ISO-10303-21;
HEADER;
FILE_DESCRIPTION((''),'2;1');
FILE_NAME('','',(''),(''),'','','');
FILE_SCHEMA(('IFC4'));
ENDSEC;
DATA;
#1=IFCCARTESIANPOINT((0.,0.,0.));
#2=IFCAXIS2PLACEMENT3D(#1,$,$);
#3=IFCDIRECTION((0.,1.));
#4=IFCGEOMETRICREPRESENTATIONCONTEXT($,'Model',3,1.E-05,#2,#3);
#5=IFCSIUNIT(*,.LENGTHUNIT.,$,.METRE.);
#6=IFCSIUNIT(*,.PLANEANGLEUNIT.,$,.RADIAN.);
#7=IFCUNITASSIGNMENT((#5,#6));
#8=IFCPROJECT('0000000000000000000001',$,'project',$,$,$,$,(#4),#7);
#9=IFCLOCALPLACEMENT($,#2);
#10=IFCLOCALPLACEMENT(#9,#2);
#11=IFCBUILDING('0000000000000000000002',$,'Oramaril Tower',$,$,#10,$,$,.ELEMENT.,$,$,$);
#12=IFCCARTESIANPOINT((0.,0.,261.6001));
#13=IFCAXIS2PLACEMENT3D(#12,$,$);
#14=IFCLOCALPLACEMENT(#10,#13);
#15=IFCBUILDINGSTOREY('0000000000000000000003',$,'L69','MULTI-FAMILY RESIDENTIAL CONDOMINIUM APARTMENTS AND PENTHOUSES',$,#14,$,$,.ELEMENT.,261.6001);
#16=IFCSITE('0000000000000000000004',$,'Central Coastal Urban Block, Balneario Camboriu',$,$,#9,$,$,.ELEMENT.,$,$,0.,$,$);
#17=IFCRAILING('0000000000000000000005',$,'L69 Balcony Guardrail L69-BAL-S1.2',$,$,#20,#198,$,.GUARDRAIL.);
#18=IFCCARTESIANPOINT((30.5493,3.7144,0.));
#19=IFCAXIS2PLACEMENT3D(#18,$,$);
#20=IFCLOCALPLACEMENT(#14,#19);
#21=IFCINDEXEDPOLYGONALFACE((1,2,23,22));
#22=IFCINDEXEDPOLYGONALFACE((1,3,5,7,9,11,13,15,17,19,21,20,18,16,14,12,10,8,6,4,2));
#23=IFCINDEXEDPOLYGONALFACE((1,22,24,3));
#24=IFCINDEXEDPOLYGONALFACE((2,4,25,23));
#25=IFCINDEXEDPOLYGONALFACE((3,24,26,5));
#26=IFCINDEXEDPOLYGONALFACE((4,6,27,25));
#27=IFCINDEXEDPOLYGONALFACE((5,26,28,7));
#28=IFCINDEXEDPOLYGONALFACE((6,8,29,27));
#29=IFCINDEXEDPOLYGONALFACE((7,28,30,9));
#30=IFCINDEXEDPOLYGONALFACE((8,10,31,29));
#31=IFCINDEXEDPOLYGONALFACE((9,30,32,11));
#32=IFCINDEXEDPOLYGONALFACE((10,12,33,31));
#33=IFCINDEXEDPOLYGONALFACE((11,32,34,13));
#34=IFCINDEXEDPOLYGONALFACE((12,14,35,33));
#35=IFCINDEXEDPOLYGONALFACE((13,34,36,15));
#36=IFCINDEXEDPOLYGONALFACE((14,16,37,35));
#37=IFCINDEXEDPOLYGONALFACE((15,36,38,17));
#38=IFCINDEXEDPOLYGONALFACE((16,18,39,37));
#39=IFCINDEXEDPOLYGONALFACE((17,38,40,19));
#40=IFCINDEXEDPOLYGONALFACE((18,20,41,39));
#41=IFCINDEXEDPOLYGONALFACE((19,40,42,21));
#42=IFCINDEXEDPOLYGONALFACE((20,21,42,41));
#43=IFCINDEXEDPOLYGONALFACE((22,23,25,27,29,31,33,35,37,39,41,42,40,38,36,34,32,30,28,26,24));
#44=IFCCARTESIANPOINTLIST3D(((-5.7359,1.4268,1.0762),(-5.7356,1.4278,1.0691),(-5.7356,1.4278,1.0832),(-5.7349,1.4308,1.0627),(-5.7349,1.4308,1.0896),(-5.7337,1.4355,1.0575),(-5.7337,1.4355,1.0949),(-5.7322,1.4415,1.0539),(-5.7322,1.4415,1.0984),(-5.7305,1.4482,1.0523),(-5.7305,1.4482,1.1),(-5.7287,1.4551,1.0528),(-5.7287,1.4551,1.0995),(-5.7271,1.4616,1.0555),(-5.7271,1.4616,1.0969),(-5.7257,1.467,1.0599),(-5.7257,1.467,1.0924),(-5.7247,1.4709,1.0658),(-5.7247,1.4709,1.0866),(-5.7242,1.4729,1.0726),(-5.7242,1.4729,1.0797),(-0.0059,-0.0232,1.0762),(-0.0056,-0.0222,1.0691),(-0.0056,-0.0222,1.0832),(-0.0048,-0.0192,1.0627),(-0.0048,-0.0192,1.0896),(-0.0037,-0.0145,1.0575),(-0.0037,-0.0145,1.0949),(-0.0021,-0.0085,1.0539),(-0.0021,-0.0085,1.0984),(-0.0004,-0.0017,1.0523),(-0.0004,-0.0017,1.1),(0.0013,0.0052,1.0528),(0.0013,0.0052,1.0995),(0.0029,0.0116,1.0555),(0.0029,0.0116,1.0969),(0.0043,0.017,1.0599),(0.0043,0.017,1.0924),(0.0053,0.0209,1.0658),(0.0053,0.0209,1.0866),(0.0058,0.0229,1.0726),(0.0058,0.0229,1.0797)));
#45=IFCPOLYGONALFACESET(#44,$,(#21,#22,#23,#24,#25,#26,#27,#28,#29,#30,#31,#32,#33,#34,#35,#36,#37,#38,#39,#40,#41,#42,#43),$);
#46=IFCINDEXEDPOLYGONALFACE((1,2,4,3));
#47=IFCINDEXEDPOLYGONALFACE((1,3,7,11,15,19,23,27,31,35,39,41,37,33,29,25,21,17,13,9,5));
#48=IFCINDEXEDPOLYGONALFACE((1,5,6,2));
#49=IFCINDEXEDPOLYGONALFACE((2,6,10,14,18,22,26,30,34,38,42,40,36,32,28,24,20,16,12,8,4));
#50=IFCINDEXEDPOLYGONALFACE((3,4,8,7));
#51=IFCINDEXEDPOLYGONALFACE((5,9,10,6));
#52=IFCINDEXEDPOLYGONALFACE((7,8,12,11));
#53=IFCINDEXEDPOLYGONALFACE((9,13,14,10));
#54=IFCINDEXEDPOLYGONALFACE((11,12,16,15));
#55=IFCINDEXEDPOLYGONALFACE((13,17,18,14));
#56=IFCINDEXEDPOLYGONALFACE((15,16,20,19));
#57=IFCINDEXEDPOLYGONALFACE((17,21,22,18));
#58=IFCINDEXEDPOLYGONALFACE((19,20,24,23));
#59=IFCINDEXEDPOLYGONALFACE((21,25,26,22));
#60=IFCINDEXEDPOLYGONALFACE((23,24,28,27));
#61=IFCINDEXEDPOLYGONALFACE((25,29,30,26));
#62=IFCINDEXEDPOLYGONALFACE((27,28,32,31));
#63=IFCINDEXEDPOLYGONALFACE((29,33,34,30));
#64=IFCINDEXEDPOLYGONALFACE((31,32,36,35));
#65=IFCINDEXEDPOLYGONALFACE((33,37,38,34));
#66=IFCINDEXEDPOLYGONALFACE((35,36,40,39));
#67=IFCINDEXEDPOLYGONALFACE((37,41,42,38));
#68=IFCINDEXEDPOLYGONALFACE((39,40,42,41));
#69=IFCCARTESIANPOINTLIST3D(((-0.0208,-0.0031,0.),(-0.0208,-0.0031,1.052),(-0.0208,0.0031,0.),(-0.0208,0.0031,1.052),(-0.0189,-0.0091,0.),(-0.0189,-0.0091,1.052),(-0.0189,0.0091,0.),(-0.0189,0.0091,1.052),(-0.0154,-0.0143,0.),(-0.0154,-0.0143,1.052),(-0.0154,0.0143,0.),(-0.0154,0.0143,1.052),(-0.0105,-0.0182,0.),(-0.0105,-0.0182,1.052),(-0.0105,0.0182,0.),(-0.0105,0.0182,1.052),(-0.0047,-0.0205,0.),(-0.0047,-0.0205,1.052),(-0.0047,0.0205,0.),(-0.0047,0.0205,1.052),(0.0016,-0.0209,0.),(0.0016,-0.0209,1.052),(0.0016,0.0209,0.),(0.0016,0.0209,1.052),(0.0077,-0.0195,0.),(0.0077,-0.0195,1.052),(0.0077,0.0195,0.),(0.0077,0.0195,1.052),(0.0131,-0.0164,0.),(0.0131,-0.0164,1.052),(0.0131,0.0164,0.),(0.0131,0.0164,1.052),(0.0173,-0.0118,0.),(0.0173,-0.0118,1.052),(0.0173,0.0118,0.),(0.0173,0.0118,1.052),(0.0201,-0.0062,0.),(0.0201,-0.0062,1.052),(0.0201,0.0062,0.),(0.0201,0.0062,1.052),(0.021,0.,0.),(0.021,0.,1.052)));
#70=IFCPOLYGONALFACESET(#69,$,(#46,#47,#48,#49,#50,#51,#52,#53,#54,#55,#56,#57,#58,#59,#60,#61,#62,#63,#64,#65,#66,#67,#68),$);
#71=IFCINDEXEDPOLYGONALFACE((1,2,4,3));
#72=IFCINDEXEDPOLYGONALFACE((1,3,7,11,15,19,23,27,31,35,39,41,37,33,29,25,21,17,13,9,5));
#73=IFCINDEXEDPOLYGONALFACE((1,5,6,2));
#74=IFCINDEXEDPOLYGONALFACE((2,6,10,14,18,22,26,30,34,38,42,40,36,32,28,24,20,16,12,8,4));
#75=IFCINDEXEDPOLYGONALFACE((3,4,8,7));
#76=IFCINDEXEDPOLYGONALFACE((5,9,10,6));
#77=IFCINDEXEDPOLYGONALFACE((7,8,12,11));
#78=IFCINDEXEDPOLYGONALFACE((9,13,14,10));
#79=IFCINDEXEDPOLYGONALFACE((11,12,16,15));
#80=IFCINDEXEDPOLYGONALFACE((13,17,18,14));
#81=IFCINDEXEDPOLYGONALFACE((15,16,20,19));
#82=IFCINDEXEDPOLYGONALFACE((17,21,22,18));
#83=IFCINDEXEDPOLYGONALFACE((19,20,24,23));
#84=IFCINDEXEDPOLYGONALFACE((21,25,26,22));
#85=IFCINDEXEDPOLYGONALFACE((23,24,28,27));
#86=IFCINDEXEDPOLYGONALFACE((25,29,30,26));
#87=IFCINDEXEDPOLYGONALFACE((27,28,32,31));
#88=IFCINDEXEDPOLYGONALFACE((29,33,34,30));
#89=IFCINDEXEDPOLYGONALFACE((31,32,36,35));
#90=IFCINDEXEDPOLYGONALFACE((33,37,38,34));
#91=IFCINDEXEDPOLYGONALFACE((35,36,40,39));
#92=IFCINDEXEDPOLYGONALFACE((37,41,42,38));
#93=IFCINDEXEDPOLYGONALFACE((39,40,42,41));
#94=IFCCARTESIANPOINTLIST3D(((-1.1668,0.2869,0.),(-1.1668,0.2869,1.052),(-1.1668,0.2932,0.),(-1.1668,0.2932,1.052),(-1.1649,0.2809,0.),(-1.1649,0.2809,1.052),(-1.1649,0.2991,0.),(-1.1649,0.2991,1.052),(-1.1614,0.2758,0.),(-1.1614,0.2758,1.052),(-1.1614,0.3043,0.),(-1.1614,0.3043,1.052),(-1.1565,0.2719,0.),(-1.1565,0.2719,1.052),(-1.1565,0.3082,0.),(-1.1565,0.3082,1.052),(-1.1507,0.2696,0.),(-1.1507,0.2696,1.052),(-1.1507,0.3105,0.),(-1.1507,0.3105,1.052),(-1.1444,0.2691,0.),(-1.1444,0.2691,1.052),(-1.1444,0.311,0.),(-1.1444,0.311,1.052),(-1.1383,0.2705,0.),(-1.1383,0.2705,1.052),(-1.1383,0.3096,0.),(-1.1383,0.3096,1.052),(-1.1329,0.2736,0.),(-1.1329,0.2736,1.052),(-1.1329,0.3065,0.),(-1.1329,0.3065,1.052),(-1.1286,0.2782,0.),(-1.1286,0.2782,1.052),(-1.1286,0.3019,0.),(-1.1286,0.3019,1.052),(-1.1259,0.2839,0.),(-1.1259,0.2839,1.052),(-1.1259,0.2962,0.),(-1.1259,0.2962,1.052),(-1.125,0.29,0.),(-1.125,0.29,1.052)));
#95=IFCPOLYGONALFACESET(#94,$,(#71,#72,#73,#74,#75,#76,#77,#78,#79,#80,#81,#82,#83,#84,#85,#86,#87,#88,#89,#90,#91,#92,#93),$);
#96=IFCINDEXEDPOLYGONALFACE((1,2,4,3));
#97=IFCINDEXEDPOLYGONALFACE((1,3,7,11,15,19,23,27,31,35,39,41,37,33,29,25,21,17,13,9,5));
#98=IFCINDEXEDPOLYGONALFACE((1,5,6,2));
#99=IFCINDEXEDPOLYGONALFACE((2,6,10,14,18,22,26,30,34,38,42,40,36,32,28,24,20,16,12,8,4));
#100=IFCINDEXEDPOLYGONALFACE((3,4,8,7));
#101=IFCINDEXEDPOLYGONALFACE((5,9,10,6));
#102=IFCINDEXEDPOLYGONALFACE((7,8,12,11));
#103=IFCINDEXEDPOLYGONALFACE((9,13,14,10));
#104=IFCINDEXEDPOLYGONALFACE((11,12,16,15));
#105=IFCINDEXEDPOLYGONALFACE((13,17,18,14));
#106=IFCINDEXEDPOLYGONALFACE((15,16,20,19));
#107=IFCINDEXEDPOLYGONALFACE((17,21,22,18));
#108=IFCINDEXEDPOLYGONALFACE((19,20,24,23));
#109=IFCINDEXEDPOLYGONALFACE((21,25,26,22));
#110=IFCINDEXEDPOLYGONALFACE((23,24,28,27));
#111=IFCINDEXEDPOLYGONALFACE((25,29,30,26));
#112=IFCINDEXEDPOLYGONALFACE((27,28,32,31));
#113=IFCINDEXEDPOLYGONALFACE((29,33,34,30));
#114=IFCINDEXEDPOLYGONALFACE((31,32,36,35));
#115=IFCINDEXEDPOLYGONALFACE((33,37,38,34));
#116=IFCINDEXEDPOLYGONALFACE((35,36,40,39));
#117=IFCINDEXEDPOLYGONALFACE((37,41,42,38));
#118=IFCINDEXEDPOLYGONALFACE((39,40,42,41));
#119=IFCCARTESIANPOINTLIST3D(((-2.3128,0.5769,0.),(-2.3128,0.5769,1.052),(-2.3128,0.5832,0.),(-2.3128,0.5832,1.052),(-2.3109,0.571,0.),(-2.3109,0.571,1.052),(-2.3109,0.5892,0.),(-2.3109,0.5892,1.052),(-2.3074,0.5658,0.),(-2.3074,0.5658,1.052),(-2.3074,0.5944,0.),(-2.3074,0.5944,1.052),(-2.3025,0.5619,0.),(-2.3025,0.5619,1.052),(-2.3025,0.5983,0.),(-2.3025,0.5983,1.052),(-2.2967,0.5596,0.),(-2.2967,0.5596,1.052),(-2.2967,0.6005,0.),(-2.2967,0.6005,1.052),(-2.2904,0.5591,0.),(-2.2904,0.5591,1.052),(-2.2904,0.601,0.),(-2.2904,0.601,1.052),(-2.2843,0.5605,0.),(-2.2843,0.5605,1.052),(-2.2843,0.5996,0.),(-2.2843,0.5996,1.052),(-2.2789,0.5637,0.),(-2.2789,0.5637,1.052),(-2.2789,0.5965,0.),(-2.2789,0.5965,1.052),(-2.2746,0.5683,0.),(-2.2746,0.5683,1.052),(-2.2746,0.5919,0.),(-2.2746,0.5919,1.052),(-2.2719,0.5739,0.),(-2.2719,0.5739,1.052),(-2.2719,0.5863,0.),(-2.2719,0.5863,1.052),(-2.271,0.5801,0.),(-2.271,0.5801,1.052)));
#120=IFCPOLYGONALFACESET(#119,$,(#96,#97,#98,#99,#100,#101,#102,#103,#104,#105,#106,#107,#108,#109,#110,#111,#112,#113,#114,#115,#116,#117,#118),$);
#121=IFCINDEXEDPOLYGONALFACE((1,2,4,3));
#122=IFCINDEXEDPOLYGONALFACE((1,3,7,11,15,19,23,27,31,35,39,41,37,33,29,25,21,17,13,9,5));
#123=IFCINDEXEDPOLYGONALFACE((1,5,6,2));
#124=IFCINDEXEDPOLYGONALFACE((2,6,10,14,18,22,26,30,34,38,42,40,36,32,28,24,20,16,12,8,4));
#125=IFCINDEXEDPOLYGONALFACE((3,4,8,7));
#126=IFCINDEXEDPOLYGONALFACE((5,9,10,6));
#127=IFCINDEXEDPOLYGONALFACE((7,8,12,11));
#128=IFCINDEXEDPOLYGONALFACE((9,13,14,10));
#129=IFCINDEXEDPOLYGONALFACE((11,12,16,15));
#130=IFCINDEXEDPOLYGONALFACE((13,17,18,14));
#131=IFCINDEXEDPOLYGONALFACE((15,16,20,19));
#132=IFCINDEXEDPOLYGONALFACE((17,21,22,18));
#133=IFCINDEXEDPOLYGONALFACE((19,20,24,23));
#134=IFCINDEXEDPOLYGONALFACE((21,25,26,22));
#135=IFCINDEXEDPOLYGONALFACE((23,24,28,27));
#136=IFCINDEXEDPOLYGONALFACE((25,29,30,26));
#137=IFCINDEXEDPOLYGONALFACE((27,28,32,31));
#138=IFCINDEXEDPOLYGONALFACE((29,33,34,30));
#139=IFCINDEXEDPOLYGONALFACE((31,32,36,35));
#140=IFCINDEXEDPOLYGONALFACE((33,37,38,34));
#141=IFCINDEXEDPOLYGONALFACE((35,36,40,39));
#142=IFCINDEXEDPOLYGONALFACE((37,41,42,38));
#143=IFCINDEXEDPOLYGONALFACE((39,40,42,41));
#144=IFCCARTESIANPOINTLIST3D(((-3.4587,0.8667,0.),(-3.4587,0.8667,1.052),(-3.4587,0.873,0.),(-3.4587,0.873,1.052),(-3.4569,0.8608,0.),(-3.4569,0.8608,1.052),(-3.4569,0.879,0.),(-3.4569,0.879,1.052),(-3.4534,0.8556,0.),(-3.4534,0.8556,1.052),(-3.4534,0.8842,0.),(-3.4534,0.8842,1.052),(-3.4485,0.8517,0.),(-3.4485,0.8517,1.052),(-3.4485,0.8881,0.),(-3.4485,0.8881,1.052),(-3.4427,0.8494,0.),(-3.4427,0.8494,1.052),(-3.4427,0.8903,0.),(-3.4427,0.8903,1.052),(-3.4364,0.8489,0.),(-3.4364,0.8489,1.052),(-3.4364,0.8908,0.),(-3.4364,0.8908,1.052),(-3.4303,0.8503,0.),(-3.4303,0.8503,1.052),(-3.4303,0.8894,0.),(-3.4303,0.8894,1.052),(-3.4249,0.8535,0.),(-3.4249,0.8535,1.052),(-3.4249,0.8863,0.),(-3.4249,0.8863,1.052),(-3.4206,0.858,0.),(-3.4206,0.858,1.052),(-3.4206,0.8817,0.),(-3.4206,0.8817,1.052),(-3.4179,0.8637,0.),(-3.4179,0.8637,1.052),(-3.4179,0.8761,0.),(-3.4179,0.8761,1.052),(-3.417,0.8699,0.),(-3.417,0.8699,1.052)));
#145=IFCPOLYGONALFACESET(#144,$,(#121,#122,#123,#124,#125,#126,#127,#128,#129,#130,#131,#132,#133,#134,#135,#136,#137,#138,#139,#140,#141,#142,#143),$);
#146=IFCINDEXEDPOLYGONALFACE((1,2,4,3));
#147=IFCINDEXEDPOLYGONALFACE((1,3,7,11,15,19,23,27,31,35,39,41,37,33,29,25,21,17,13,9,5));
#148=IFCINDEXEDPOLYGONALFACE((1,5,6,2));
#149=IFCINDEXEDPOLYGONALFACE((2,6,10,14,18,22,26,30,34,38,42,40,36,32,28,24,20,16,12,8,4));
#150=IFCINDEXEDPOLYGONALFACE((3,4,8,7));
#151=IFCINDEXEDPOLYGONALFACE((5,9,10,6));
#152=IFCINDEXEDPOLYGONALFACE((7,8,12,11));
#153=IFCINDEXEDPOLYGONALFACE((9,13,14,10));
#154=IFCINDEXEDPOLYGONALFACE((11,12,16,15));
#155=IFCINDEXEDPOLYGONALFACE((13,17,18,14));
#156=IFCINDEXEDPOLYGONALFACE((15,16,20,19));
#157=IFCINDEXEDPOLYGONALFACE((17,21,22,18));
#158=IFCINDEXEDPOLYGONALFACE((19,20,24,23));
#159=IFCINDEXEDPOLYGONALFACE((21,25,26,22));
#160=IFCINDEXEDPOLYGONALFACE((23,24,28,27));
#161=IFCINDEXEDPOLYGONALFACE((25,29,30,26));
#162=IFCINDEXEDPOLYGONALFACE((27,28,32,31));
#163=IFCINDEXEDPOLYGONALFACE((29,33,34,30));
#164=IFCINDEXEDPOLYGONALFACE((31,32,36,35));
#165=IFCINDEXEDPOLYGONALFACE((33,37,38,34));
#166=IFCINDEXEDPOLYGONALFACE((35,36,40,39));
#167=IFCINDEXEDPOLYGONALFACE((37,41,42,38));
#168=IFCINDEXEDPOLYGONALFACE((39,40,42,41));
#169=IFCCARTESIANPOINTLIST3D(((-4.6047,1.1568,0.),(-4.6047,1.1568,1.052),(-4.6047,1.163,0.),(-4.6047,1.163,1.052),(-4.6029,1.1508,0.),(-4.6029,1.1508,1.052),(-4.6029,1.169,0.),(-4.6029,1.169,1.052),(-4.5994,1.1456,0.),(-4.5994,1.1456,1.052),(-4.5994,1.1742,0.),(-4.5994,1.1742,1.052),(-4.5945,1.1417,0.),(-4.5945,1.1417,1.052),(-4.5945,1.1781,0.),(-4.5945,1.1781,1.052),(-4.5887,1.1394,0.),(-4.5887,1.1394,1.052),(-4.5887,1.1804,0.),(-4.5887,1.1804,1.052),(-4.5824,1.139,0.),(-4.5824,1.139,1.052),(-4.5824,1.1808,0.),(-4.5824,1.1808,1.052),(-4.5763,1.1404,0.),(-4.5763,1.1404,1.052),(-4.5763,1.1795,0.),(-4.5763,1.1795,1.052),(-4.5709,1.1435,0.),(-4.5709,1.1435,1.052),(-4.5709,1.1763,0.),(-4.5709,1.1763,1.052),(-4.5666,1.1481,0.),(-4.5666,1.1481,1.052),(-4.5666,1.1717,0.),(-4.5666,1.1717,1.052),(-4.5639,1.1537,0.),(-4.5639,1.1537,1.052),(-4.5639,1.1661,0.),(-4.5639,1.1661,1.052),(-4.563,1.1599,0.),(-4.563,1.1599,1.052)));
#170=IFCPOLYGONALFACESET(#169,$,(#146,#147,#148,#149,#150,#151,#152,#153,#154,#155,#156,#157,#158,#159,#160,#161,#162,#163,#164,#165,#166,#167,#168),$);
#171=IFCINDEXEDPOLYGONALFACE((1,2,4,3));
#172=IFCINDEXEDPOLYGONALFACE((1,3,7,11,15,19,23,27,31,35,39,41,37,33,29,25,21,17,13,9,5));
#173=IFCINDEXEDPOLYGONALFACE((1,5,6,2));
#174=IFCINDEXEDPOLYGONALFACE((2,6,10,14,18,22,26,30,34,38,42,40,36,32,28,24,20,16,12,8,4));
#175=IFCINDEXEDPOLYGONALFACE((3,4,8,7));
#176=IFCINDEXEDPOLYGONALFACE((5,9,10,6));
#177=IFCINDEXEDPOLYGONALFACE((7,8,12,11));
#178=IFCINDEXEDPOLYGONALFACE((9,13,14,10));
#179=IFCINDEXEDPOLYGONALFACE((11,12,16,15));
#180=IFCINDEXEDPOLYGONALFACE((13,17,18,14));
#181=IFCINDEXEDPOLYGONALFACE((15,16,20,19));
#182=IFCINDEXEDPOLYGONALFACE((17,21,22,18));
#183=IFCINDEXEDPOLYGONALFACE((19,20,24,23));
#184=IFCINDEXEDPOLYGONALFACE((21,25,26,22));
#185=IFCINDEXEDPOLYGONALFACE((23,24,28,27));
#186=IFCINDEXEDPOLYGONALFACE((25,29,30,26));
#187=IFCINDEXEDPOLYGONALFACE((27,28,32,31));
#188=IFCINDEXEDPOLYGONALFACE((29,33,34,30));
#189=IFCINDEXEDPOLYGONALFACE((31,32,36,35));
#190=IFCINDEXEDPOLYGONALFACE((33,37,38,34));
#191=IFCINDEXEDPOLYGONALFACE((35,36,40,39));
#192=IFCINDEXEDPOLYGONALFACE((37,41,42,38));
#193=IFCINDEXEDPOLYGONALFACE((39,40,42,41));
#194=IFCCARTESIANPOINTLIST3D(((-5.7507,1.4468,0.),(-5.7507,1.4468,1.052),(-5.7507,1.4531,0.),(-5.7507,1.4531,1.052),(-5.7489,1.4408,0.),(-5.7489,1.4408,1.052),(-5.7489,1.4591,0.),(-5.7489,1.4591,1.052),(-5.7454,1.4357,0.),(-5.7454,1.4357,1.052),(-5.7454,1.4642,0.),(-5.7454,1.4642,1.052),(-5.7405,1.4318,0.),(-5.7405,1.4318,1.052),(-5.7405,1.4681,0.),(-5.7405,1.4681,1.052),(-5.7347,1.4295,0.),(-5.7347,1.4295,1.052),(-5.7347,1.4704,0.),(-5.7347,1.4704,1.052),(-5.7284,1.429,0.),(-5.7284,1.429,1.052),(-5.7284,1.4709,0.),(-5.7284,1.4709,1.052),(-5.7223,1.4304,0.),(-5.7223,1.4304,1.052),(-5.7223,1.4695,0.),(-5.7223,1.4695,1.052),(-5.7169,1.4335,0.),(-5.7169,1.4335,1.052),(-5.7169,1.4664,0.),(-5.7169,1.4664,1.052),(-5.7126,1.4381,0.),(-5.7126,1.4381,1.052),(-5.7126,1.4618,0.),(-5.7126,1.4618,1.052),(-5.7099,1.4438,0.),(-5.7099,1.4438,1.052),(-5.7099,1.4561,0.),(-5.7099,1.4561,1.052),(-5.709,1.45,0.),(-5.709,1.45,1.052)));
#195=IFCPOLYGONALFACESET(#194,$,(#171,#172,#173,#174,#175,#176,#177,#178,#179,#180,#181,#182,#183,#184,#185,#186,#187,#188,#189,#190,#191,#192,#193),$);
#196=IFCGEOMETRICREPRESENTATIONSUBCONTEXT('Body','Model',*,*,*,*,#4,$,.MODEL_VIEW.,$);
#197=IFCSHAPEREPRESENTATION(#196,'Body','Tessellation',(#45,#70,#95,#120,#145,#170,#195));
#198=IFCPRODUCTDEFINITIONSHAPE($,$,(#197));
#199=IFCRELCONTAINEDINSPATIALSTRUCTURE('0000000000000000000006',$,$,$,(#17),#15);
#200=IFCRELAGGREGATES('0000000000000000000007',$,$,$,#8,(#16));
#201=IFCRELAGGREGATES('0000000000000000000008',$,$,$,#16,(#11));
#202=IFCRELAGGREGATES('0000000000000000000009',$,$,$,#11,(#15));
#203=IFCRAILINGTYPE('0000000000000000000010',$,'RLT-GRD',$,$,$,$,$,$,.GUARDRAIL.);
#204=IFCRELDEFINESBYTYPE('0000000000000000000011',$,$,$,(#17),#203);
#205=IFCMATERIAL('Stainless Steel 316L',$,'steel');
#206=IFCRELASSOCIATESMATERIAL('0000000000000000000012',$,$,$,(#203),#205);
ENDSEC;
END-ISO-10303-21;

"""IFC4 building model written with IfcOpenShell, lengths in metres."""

from ifc_helpers import new_model, si_unit, direction, frame, origin, origin_2d, place, context, subcontext, project, spatial, circle, extrude, material, type_object, element, save


model = new_model("IFC4")

# Units and contexts
model_context = context("Model", 3, precision=1e-05, world=origin(), true_north=direction((0.0, 1.0)))
body_context = subcontext(model_context, "Body", "Model", "MODEL_VIEW")
ifc_project = project(units=[si_unit("LENGTHUNIT", "METRE"), si_unit("PLANEANGLEUNIT", "RADIAN")], contexts=[model_context])

# Site, building, storey
site_placement = place(None, origin())
site = spatial("IfcSite", under=ifc_project, at=site_placement, Name="Central Coastal Urban Block, Balneario Camboriu", CompositionType="ELEMENT", RefElevation=0.0)
building_placement = place(site_placement, origin())
building = spatial("IfcBuilding", under=site, at=building_placement, Name="Oramaril Tower", CompositionType="ELEMENT")
storey_placement = place(building_placement, frame((0.0, 0.0, 261.6001)))
storey = spatial("IfcBuildingStorey", under=building, at=storey_placement, Name="L69", Description="MULTI-FAMILY RESIDENTIAL CONDOMINIUM APARTMENTS AND PENTHOUSES", CompositionType="ELEMENT", Elevation=261.6001)

# Railing
ifc_material_1 = material(Name="Stainless Steel 316L", Category="steel")
railing_type = type_object("IfcRailingType", Name="RLT-GRD", PredefinedType="GUARDRAIL", material=ifc_material_1)
railing_1_placement = place(storey_placement, frame((30.5493, 3.7144, 0.0)))
element("IfcRailing", 1, at=railing_1_placement, inside=storey, type_object=railing_type, Name="L69 Balcony Guardrail L69-BAL-S1.2", PredefinedType="GUARDRAIL", context=body_context, shape_type="SweptSolid", body=[
    extrude(circle(Radius=0.0239, at=origin_2d()), frame((0.0, 0.0, 1.0762), z_axis=(-0.969444, 0.245314, 0.0), x_axis=(-0.245314, -0.969444, 0.0)), (0.0, 0.0, 1.0), 5.9106),
    extrude(circle(Radius=0.021, at=origin_2d()), origin(), (0.0, 0.0, 1.0), 1.052),
    extrude(circle(Radius=0.021, at=origin_2d()), frame((-1.146, 0.29, 0.0)), (0.0, 0.0, 1.0), 1.052),
    extrude(circle(Radius=0.021, at=origin_2d()), frame((-2.292, 0.5801, 0.0)), (0.0, 0.0, 1.0), 1.052),
    extrude(circle(Radius=0.021, at=origin_2d()), frame((-3.438, 0.8699, 0.0)), (0.0, 0.0, 1.0), 1.052),
    extrude(circle(Radius=0.021, at=origin_2d()), frame((-4.584, 1.1599, 0.0)), (0.0, 0.0, 1.0), 1.052),
    extrude(circle(Radius=0.021, at=origin_2d()), frame((-5.73, 1.45, 0.0)), (0.0, 0.0, 1.0), 1.052),
])

save(model, "model.ifc")
